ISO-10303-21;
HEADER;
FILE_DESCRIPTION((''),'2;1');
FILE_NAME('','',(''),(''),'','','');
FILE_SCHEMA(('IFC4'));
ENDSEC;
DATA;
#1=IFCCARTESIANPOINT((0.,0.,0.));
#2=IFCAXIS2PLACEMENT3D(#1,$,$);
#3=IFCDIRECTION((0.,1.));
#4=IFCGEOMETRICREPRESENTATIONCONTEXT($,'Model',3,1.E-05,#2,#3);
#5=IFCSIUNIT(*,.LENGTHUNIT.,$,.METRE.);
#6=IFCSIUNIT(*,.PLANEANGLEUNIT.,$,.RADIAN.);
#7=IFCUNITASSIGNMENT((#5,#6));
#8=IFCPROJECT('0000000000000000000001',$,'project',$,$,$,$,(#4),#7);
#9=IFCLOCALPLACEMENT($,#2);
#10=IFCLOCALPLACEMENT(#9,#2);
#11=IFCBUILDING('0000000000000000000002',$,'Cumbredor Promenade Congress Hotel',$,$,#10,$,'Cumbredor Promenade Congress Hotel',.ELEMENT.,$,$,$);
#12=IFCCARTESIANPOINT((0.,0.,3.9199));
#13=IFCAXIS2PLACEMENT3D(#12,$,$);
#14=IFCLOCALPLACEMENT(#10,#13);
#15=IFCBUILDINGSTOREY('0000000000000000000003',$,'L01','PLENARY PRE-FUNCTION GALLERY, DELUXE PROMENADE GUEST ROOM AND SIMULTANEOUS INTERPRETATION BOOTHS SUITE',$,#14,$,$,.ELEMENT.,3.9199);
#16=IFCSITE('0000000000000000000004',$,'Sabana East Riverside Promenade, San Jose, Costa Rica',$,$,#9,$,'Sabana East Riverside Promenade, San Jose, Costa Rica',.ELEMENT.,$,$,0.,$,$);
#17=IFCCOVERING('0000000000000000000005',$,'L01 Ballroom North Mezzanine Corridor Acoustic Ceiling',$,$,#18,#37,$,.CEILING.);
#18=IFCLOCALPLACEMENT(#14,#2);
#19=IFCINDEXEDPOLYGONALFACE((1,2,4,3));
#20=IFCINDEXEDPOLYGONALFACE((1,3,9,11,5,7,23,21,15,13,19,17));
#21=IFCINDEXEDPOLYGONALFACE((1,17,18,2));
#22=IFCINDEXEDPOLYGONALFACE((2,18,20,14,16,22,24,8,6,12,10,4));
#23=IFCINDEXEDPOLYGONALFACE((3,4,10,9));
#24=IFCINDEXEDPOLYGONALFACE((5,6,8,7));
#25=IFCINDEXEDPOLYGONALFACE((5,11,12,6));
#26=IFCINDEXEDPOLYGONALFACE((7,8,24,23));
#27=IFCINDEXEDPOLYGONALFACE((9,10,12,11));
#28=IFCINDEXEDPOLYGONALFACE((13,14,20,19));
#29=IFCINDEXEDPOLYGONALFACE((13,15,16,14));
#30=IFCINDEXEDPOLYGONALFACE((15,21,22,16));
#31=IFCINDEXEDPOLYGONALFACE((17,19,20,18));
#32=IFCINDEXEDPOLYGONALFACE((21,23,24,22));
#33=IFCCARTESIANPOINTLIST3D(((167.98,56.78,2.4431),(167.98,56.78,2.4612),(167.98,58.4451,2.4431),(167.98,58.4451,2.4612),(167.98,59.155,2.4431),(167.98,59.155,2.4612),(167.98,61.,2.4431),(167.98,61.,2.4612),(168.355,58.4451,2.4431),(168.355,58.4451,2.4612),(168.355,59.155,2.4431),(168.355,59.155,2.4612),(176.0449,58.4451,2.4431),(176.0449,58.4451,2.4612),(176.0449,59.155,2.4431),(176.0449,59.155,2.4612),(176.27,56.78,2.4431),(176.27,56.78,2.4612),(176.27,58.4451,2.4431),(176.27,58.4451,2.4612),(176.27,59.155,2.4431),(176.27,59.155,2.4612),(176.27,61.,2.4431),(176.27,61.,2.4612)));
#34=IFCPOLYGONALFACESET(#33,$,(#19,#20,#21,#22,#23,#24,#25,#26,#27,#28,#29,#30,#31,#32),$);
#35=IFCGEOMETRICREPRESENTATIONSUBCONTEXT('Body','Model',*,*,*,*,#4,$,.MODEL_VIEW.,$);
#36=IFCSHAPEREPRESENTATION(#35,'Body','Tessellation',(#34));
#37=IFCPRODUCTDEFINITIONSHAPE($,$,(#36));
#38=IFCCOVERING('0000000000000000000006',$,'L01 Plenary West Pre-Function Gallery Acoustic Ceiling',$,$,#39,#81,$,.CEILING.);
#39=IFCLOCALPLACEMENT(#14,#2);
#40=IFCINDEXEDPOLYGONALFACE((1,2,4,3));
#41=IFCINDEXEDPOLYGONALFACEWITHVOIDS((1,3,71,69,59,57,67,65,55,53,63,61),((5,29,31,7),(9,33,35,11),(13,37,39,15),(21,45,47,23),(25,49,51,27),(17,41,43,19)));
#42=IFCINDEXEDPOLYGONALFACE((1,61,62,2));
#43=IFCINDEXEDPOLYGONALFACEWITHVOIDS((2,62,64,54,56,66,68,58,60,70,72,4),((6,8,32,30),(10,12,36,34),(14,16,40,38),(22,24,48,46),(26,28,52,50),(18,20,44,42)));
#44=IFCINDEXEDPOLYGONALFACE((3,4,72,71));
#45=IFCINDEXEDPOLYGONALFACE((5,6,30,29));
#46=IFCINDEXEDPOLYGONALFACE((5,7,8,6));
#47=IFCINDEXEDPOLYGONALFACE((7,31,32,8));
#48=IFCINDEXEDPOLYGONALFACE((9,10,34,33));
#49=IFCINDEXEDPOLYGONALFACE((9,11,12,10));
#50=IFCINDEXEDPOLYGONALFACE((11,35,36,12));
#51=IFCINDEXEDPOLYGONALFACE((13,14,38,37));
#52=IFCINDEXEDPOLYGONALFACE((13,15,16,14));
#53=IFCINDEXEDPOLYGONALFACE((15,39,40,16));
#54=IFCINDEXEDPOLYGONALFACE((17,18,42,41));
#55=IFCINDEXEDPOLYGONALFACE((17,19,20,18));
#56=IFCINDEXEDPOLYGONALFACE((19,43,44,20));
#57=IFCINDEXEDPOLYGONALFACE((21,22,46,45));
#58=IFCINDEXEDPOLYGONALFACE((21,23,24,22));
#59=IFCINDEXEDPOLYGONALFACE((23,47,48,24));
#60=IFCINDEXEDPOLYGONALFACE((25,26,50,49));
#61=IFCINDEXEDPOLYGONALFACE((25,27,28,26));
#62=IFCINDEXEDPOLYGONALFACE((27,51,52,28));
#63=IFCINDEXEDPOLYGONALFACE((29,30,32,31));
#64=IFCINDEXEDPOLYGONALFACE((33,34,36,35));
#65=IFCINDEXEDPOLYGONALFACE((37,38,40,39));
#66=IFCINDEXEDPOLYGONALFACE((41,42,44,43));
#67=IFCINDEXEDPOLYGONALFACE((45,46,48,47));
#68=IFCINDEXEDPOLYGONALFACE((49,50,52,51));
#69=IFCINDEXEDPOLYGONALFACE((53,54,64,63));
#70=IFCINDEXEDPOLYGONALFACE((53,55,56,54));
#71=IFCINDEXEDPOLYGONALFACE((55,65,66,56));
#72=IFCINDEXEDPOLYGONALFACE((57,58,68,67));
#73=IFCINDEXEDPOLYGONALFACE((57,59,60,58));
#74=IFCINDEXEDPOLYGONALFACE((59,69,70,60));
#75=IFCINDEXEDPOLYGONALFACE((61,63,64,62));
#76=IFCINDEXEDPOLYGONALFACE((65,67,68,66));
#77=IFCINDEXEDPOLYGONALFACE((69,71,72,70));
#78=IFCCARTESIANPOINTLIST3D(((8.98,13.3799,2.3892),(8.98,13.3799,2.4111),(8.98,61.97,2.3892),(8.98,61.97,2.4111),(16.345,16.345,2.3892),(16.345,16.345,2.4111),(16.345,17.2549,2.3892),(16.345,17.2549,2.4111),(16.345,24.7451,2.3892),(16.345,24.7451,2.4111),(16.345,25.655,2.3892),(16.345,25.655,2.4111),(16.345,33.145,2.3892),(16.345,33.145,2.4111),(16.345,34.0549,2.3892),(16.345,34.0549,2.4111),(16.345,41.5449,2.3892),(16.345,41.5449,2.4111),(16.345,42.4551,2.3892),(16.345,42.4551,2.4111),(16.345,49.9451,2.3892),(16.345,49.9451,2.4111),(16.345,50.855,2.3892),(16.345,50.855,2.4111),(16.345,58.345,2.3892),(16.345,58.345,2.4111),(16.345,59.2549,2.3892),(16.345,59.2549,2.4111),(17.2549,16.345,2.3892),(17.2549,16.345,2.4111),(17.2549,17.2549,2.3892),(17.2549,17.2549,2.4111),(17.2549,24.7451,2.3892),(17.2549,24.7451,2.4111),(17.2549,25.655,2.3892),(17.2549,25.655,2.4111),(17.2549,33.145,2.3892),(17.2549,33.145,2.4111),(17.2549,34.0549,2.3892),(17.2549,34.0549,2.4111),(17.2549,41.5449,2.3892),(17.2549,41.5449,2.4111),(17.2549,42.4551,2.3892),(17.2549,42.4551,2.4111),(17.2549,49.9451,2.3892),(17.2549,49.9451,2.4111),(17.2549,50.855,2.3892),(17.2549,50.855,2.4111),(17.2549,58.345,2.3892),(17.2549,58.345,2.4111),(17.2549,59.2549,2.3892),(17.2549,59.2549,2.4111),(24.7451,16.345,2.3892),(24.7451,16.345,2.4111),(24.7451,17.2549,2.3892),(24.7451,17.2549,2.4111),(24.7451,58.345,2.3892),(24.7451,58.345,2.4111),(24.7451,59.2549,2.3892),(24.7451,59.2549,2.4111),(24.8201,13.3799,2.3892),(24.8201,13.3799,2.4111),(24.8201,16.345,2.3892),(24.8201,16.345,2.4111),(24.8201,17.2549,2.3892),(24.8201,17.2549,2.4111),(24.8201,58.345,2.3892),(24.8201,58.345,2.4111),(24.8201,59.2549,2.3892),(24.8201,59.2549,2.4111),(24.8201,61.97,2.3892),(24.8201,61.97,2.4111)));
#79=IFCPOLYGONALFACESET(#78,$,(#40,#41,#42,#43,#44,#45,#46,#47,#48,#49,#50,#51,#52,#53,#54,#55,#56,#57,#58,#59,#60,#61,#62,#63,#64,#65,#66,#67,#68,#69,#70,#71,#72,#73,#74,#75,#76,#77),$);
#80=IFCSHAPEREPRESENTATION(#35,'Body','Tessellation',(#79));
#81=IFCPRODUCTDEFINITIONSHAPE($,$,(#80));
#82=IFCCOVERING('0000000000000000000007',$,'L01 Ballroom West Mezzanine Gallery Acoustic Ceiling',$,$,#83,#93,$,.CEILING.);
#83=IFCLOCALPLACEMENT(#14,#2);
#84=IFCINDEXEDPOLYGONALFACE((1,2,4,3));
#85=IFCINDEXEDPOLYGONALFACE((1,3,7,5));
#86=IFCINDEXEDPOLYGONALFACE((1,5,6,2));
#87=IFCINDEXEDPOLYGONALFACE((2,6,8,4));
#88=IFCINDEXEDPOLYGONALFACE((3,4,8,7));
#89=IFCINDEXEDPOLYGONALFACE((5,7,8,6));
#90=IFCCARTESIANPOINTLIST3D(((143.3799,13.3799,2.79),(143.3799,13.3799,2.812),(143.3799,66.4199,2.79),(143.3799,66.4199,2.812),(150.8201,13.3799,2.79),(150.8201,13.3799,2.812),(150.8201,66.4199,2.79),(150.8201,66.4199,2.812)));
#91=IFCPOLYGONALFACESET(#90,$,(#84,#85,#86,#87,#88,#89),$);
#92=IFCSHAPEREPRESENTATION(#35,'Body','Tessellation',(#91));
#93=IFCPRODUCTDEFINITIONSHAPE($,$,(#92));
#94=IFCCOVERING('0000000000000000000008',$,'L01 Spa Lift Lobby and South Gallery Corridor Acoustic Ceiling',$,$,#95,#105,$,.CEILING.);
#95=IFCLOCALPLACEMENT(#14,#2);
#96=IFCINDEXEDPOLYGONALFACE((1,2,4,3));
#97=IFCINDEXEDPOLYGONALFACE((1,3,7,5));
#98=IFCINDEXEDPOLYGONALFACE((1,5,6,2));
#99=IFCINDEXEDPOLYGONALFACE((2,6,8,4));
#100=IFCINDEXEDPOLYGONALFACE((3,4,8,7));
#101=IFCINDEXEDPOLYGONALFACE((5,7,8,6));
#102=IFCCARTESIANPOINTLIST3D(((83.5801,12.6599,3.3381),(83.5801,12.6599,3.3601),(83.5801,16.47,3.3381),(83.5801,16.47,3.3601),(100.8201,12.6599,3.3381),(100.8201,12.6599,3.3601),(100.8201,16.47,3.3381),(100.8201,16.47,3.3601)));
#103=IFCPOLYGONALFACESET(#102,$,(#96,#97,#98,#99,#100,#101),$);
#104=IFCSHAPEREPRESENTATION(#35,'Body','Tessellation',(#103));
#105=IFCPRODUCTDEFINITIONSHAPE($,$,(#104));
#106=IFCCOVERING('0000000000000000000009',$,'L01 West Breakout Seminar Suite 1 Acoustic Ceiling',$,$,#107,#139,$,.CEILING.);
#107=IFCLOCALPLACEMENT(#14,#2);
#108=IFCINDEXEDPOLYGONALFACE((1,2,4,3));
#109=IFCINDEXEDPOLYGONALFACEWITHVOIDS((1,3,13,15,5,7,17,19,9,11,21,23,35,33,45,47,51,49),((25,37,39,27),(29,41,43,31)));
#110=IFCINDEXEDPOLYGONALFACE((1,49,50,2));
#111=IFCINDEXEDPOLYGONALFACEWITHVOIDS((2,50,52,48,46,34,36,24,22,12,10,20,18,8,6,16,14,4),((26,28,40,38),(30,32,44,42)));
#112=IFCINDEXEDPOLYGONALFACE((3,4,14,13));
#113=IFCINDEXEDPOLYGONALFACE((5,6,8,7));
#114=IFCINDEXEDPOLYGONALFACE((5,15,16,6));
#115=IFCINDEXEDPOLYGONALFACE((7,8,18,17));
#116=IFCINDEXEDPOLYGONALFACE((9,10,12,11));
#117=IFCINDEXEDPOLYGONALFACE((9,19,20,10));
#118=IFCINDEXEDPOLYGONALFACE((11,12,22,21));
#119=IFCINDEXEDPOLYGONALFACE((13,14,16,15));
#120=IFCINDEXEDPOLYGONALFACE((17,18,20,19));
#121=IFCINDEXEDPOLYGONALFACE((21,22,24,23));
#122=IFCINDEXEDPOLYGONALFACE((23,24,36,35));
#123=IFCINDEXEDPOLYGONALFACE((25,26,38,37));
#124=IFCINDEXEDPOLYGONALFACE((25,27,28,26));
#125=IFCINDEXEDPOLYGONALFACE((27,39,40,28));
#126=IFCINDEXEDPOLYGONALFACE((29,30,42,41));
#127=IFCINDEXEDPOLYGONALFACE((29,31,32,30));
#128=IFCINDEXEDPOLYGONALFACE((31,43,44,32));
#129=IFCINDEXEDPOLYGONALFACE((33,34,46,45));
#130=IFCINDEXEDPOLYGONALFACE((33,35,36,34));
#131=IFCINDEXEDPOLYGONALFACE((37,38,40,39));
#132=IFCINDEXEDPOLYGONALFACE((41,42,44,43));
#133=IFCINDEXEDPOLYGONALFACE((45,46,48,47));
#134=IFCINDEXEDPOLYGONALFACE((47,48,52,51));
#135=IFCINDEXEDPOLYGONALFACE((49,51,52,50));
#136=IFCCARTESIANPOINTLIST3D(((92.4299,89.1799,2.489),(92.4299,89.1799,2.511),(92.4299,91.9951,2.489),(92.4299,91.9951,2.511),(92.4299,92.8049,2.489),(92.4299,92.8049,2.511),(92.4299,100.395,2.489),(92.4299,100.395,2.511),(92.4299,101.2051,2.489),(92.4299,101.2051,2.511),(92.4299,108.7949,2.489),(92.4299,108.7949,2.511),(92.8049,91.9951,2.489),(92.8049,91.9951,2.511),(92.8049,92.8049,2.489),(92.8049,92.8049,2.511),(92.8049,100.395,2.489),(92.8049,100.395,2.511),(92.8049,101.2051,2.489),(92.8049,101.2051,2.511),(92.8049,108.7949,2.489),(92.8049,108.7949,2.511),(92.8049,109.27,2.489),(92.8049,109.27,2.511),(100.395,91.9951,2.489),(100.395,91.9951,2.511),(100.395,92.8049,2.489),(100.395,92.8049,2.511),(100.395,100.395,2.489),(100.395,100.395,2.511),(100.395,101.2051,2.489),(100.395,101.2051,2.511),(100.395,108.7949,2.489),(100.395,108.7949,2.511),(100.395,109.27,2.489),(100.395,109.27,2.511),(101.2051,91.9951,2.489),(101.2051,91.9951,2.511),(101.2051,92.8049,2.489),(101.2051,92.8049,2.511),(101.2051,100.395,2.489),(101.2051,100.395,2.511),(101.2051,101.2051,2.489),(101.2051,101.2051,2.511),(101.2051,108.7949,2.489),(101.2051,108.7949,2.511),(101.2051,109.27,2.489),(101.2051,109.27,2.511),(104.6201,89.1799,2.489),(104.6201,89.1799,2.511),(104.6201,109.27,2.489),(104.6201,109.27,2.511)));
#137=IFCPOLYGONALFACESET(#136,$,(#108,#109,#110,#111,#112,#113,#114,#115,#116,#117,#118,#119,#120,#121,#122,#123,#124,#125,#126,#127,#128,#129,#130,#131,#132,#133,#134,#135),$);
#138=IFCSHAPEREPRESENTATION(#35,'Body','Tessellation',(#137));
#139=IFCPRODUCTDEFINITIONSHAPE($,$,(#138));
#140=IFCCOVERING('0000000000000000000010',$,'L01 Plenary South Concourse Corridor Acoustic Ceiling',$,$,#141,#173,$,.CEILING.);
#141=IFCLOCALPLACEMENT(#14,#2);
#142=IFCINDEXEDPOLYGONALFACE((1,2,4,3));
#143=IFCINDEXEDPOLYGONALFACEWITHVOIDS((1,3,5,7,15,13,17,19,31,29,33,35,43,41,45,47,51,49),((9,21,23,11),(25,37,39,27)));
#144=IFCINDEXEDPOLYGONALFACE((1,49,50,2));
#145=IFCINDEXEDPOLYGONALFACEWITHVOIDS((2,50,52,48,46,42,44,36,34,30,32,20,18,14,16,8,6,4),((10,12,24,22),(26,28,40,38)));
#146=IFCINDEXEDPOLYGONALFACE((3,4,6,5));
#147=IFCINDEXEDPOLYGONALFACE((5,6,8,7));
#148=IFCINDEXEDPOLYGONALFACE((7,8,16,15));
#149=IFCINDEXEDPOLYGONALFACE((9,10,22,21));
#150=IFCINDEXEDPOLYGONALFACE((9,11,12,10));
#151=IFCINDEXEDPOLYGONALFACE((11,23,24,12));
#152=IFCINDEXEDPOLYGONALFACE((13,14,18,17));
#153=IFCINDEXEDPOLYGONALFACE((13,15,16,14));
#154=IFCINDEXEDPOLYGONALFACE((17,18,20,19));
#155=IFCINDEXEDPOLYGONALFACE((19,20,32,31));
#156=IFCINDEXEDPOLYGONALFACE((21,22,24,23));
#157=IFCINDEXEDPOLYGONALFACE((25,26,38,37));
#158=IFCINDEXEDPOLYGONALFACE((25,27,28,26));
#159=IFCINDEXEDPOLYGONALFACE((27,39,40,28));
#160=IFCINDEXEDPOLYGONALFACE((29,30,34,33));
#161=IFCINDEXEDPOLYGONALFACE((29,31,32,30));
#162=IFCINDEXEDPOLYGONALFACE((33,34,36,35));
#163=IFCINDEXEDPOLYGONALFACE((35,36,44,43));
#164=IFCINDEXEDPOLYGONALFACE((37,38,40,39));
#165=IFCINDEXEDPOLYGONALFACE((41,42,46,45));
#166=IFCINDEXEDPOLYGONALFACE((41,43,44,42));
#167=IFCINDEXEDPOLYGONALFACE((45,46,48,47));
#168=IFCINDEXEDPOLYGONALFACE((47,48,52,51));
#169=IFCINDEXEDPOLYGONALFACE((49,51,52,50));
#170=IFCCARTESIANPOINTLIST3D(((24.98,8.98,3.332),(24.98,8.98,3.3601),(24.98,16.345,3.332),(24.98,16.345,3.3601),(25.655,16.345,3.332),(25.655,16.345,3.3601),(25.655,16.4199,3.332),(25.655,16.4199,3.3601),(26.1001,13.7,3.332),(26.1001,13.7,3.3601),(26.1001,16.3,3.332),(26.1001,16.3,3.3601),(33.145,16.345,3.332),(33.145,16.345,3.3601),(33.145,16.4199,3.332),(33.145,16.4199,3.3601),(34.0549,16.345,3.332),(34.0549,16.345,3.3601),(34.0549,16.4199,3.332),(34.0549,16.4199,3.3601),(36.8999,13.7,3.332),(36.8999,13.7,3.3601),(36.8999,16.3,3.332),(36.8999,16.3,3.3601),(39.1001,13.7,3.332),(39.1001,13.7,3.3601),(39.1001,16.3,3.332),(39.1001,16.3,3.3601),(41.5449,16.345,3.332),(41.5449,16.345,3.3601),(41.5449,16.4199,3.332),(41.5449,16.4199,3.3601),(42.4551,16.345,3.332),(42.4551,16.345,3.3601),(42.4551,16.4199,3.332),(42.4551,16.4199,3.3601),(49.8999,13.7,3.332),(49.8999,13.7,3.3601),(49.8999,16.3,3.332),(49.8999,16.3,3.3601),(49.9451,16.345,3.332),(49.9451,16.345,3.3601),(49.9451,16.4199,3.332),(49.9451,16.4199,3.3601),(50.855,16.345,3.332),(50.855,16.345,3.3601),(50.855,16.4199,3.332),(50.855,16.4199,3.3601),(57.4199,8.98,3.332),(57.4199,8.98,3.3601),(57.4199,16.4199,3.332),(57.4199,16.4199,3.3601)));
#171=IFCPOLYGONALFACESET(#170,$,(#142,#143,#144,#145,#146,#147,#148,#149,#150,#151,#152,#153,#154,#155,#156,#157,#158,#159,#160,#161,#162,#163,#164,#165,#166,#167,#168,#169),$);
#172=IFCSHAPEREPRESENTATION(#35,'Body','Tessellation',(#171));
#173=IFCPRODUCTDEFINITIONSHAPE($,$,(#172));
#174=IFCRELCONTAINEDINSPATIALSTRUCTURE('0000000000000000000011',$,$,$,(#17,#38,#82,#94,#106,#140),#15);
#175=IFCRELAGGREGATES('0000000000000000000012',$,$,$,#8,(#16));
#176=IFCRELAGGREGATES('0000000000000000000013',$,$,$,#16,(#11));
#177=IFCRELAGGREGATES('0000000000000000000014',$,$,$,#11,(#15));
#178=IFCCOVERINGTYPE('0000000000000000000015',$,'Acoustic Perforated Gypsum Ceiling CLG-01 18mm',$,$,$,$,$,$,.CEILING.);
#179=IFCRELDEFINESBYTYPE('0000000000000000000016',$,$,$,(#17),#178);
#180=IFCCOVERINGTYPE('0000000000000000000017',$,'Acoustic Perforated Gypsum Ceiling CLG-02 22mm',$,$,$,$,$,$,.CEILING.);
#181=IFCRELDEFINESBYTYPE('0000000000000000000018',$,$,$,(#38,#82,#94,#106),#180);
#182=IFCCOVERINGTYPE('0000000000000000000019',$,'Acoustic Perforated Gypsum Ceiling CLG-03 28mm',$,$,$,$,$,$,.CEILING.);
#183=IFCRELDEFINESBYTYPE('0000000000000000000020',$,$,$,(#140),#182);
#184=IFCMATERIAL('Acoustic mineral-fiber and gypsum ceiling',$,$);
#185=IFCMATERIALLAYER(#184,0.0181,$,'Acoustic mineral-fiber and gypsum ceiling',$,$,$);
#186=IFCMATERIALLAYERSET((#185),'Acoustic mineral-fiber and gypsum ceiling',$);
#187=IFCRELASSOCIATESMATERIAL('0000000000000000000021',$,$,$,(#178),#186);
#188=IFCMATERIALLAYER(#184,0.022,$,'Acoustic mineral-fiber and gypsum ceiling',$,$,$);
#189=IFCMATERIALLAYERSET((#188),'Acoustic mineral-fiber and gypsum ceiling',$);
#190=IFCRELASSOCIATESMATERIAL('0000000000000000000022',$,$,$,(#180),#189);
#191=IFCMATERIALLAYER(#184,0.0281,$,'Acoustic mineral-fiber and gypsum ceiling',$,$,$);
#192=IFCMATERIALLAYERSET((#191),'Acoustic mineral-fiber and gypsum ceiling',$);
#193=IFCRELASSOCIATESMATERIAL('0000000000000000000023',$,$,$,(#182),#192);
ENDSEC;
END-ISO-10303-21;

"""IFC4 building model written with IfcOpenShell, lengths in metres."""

from ifc_helpers import new_model, si_unit, direction, frame, origin, place, context, subcontext, project, spatial, polyline, outline, extrude, material, layer, layer_set, type_object, element, save


model = new_model("IFC4")

# Units and contexts
model_context = context("Model", 3, precision=1e-05, world=origin(), true_north=direction((0.0, 1.0)))
body_context = subcontext(model_context, "Body", "Model", "MODEL_VIEW")
ifc_project = project(units=[si_unit("LENGTHUNIT", "METRE"), si_unit("PLANEANGLEUNIT", "RADIAN")], contexts=[model_context])

# Site, building, storey
site_placement = place(None, origin())
site = spatial("IfcSite", under=ifc_project, at=site_placement, Name="Sabana East Riverside Promenade, San Jose, Costa Rica", LongName="Sabana East Riverside Promenade, San Jose, Costa Rica", CompositionType="ELEMENT", RefElevation=0.0)
building_placement = place(site_placement, origin())
building = spatial("IfcBuilding", under=site, at=building_placement, Name="Cumbredor Promenade Congress Hotel", LongName="Cumbredor Promenade Congress Hotel", CompositionType="ELEMENT")
storey_placement = place(building_placement, frame((0.0, 0.0, 3.9199)))
storey = spatial("IfcBuildingStorey", under=building, at=storey_placement, Name="L01", Description="PLENARY PRE-FUNCTION GALLERY, DELUXE PROMENADE GUEST ROOM AND SIMULTANEOUS INTERPRETATION BOOTHS SUITE", CompositionType="ELEMENT", Elevation=3.9199)

# Coverings
ifc_material_1 = material(Name="Acoustic mineral-fiber and gypsum ceiling")
ifc_layer_1 = layer(ifc_material_1, 0.0181, Name="Acoustic mineral-fiber and gypsum ceiling")
ifc_layer_set_1 = layer_set([ifc_layer_1], Name="Acoustic mineral-fiber and gypsum ceiling")
covering_type_1 = type_object("IfcCoveringType", Name="Acoustic Perforated Gypsum Ceiling CLG-01 18mm", PredefinedType="CEILING", material=ifc_layer_set_1)
covering_1_placement = place(storey_placement, frame((0.0, 0.0, 2.4431)))
element("IfcCovering", 1, at=covering_1_placement, inside=storey, type_object=covering_type_1, Name="L01 Ballroom North Mezzanine Corridor Acoustic Ceiling", PredefinedType="CEILING", context=body_context, shape_type="SweptSolid", body=[
    extrude(outline(polyline([(168.355, 58.4451), (168.355, 59.155), (167.98, 59.155), (167.98, 61.0), (176.27, 61.0), (176.27, 59.155), (176.0449, 59.155), (176.0449, 58.4451), (176.27, 58.4451), (176.27, 56.78), (167.98, 56.78), (167.98, 58.4451), (168.355, 58.4451)])), origin(), (0.0, 0.0, 1.0), 0.0181),
])
ifc_layer_2 = layer(ifc_material_1, 0.022, Name="Acoustic mineral-fiber and gypsum ceiling")
ifc_layer_set_2 = layer_set([ifc_layer_2], Name="Acoustic mineral-fiber and gypsum ceiling")
covering_type_2 = type_object("IfcCoveringType", Name="Acoustic Perforated Gypsum Ceiling CLG-02 22mm", PredefinedType="CEILING", material=ifc_layer_set_2)
covering_2_placement = place(storey_placement, frame((0.0, 0.0, 2.3892)))
element("IfcCovering", 2, at=covering_2_placement, inside=storey, type_object=covering_type_2, Name="L01 Plenary West Pre-Function Gallery Acoustic Ceiling", PredefinedType="CEILING", context=body_context, shape_type="SweptSolid", body=[
    extrude(outline(polyline([(24.7451, 17.2549), (24.7451, 16.345), (24.8201, 16.345), (24.8201, 13.3799), (8.98, 13.3799), (8.98, 61.97), (24.8201, 61.97), (24.8201, 59.2549), (24.7451, 59.2549), (24.7451, 58.345), (24.8201, 58.345), (24.8201, 17.2549), (24.7451, 17.2549)]), holes=[polyline([(17.2549, 16.345), (17.2549, 17.2549), (16.345, 17.2549), (16.345, 16.345), (17.2549, 16.345)]), polyline([(16.345, 24.7451), (17.2549, 24.7451), (17.2549, 25.655), (16.345, 25.655), (16.345, 24.7451)]), polyline([(16.345, 34.0549), (16.345, 33.145), (17.2549, 33.145), (17.2549, 34.0549), (16.345, 34.0549)]), polyline([(17.2549, 42.4551), (16.345, 42.4551), (16.345, 41.5449), (17.2549, 41.5449), (17.2549, 42.4551)]), polyline([(17.2549, 49.9451), (17.2549, 50.855), (16.345, 50.855), (16.345, 49.9451), (17.2549, 49.9451)]), polyline([(16.345, 58.345), (17.2549, 58.345), (17.2549, 59.2549), (16.345, 59.2549), (16.345, 58.345)])]), origin(), (0.0, 0.0, 1.0), 0.022),
])
covering_3_placement = place(storey_placement, frame((0.0, 0.0, 2.79)))
element("IfcCovering", 3, at=covering_3_placement, inside=storey, type_object=covering_type_2, Name="L01 Ballroom West Mezzanine Gallery Acoustic Ceiling", PredefinedType="CEILING", context=body_context, shape_type="SweptSolid", body=[
    extrude(outline(polyline([(143.3799, 13.3799), (143.3799, 66.4199), (150.8201, 66.4199), (150.8201, 13.3799), (143.3799, 13.3799)])), origin(), (0.0, 0.0, 1.0), 0.022),
])
covering_4_placement = place(storey_placement, frame((0.0, 0.0, 3.3381)))
element("IfcCovering", 4, at=covering_4_placement, inside=storey, type_object=covering_type_2, Name="L01 Spa Lift Lobby and South Gallery Corridor Acoustic Ceiling", PredefinedType="CEILING", context=body_context, shape_type="SweptSolid", body=[
    extrude(outline(polyline([(83.5801, 12.6599), (83.5801, 16.47), (100.8201, 16.47), (100.8201, 12.6599), (83.5801, 12.6599)])), origin(), (0.0, 0.0, 1.0), 0.022),
])
covering_5_placement = place(storey_placement, frame((0.0, 0.0, 2.489)))
element("IfcCovering", 5, at=covering_5_placement, inside=storey, type_object=covering_type_2, Name="L01 West Breakout Seminar Suite 1 Acoustic Ceiling", PredefinedType="CEILING", context=body_context, shape_type="SweptSolid", body=[
    extrude(outline(polyline([(92.8049, 100.395), (92.8049, 101.2051), (92.4299, 101.2051), (92.4299, 108.7949), (92.8049, 108.7949), (92.8049, 109.27), (100.395, 109.27), (100.395, 108.7949), (101.2051, 108.7949), (101.2051, 109.27), (104.6201, 109.27), (104.6201, 89.1799), (92.4299, 89.1799), (92.4299, 91.9951), (92.8049, 91.9951), (92.8049, 92.8049), (92.4299, 92.8049), (92.4299, 100.395), (92.8049, 100.395)]), holes=[polyline([(100.395, 91.9951), (101.2051, 91.9951), (101.2051, 92.8049), (100.395, 92.8049), (100.395, 91.9951)]), polyline([(100.395, 101.2051), (100.395, 100.395), (101.2051, 100.395), (101.2051, 101.2051), (100.395, 101.2051)])]), origin(), (0.0, 0.0, 1.0), 0.022),
])
ifc_layer_3 = layer(ifc_material_1, 0.0281, Name="Acoustic mineral-fiber and gypsum ceiling")
ifc_layer_set_3 = layer_set([ifc_layer_3], Name="Acoustic mineral-fiber and gypsum ceiling")
covering_type_3 = type_object("IfcCoveringType", Name="Acoustic Perforated Gypsum Ceiling CLG-03 28mm", PredefinedType="CEILING", material=ifc_layer_set_3)
covering_6_placement = place(storey_placement, frame((0.0, 0.0, 3.332)))
element("IfcCovering", 6, at=covering_6_placement, inside=storey, type_object=covering_type_3, Name="L01 Plenary South Concourse Corridor Acoustic Ceiling", PredefinedType="CEILING", context=body_context, shape_type="SweptSolid", body=[
    extrude(outline(polyline([(33.145, 16.4199), (33.145, 16.345), (34.0549, 16.345), (34.0549, 16.4199), (41.5449, 16.4199), (41.5449, 16.345), (42.4551, 16.345), (42.4551, 16.4199), (49.9451, 16.4199), (49.9451, 16.345), (50.855, 16.345), (50.855, 16.4199), (57.4199, 16.4199), (57.4199, 8.98), (24.98, 8.98), (24.98, 16.345), (25.655, 16.345), (25.655, 16.4199), (33.145, 16.4199)]), holes=[polyline([(36.8999, 13.7), (36.8999, 16.3), (26.1001, 16.3), (26.1001, 13.7), (36.8999, 13.7)]), polyline([(39.1001, 16.3), (39.1001, 13.7), (49.8999, 13.7), (49.8999, 16.3), (39.1001, 16.3)])]), origin(), (0.0, 0.0, 1.0), 0.0281),
])

save(model, "model.ifc")
